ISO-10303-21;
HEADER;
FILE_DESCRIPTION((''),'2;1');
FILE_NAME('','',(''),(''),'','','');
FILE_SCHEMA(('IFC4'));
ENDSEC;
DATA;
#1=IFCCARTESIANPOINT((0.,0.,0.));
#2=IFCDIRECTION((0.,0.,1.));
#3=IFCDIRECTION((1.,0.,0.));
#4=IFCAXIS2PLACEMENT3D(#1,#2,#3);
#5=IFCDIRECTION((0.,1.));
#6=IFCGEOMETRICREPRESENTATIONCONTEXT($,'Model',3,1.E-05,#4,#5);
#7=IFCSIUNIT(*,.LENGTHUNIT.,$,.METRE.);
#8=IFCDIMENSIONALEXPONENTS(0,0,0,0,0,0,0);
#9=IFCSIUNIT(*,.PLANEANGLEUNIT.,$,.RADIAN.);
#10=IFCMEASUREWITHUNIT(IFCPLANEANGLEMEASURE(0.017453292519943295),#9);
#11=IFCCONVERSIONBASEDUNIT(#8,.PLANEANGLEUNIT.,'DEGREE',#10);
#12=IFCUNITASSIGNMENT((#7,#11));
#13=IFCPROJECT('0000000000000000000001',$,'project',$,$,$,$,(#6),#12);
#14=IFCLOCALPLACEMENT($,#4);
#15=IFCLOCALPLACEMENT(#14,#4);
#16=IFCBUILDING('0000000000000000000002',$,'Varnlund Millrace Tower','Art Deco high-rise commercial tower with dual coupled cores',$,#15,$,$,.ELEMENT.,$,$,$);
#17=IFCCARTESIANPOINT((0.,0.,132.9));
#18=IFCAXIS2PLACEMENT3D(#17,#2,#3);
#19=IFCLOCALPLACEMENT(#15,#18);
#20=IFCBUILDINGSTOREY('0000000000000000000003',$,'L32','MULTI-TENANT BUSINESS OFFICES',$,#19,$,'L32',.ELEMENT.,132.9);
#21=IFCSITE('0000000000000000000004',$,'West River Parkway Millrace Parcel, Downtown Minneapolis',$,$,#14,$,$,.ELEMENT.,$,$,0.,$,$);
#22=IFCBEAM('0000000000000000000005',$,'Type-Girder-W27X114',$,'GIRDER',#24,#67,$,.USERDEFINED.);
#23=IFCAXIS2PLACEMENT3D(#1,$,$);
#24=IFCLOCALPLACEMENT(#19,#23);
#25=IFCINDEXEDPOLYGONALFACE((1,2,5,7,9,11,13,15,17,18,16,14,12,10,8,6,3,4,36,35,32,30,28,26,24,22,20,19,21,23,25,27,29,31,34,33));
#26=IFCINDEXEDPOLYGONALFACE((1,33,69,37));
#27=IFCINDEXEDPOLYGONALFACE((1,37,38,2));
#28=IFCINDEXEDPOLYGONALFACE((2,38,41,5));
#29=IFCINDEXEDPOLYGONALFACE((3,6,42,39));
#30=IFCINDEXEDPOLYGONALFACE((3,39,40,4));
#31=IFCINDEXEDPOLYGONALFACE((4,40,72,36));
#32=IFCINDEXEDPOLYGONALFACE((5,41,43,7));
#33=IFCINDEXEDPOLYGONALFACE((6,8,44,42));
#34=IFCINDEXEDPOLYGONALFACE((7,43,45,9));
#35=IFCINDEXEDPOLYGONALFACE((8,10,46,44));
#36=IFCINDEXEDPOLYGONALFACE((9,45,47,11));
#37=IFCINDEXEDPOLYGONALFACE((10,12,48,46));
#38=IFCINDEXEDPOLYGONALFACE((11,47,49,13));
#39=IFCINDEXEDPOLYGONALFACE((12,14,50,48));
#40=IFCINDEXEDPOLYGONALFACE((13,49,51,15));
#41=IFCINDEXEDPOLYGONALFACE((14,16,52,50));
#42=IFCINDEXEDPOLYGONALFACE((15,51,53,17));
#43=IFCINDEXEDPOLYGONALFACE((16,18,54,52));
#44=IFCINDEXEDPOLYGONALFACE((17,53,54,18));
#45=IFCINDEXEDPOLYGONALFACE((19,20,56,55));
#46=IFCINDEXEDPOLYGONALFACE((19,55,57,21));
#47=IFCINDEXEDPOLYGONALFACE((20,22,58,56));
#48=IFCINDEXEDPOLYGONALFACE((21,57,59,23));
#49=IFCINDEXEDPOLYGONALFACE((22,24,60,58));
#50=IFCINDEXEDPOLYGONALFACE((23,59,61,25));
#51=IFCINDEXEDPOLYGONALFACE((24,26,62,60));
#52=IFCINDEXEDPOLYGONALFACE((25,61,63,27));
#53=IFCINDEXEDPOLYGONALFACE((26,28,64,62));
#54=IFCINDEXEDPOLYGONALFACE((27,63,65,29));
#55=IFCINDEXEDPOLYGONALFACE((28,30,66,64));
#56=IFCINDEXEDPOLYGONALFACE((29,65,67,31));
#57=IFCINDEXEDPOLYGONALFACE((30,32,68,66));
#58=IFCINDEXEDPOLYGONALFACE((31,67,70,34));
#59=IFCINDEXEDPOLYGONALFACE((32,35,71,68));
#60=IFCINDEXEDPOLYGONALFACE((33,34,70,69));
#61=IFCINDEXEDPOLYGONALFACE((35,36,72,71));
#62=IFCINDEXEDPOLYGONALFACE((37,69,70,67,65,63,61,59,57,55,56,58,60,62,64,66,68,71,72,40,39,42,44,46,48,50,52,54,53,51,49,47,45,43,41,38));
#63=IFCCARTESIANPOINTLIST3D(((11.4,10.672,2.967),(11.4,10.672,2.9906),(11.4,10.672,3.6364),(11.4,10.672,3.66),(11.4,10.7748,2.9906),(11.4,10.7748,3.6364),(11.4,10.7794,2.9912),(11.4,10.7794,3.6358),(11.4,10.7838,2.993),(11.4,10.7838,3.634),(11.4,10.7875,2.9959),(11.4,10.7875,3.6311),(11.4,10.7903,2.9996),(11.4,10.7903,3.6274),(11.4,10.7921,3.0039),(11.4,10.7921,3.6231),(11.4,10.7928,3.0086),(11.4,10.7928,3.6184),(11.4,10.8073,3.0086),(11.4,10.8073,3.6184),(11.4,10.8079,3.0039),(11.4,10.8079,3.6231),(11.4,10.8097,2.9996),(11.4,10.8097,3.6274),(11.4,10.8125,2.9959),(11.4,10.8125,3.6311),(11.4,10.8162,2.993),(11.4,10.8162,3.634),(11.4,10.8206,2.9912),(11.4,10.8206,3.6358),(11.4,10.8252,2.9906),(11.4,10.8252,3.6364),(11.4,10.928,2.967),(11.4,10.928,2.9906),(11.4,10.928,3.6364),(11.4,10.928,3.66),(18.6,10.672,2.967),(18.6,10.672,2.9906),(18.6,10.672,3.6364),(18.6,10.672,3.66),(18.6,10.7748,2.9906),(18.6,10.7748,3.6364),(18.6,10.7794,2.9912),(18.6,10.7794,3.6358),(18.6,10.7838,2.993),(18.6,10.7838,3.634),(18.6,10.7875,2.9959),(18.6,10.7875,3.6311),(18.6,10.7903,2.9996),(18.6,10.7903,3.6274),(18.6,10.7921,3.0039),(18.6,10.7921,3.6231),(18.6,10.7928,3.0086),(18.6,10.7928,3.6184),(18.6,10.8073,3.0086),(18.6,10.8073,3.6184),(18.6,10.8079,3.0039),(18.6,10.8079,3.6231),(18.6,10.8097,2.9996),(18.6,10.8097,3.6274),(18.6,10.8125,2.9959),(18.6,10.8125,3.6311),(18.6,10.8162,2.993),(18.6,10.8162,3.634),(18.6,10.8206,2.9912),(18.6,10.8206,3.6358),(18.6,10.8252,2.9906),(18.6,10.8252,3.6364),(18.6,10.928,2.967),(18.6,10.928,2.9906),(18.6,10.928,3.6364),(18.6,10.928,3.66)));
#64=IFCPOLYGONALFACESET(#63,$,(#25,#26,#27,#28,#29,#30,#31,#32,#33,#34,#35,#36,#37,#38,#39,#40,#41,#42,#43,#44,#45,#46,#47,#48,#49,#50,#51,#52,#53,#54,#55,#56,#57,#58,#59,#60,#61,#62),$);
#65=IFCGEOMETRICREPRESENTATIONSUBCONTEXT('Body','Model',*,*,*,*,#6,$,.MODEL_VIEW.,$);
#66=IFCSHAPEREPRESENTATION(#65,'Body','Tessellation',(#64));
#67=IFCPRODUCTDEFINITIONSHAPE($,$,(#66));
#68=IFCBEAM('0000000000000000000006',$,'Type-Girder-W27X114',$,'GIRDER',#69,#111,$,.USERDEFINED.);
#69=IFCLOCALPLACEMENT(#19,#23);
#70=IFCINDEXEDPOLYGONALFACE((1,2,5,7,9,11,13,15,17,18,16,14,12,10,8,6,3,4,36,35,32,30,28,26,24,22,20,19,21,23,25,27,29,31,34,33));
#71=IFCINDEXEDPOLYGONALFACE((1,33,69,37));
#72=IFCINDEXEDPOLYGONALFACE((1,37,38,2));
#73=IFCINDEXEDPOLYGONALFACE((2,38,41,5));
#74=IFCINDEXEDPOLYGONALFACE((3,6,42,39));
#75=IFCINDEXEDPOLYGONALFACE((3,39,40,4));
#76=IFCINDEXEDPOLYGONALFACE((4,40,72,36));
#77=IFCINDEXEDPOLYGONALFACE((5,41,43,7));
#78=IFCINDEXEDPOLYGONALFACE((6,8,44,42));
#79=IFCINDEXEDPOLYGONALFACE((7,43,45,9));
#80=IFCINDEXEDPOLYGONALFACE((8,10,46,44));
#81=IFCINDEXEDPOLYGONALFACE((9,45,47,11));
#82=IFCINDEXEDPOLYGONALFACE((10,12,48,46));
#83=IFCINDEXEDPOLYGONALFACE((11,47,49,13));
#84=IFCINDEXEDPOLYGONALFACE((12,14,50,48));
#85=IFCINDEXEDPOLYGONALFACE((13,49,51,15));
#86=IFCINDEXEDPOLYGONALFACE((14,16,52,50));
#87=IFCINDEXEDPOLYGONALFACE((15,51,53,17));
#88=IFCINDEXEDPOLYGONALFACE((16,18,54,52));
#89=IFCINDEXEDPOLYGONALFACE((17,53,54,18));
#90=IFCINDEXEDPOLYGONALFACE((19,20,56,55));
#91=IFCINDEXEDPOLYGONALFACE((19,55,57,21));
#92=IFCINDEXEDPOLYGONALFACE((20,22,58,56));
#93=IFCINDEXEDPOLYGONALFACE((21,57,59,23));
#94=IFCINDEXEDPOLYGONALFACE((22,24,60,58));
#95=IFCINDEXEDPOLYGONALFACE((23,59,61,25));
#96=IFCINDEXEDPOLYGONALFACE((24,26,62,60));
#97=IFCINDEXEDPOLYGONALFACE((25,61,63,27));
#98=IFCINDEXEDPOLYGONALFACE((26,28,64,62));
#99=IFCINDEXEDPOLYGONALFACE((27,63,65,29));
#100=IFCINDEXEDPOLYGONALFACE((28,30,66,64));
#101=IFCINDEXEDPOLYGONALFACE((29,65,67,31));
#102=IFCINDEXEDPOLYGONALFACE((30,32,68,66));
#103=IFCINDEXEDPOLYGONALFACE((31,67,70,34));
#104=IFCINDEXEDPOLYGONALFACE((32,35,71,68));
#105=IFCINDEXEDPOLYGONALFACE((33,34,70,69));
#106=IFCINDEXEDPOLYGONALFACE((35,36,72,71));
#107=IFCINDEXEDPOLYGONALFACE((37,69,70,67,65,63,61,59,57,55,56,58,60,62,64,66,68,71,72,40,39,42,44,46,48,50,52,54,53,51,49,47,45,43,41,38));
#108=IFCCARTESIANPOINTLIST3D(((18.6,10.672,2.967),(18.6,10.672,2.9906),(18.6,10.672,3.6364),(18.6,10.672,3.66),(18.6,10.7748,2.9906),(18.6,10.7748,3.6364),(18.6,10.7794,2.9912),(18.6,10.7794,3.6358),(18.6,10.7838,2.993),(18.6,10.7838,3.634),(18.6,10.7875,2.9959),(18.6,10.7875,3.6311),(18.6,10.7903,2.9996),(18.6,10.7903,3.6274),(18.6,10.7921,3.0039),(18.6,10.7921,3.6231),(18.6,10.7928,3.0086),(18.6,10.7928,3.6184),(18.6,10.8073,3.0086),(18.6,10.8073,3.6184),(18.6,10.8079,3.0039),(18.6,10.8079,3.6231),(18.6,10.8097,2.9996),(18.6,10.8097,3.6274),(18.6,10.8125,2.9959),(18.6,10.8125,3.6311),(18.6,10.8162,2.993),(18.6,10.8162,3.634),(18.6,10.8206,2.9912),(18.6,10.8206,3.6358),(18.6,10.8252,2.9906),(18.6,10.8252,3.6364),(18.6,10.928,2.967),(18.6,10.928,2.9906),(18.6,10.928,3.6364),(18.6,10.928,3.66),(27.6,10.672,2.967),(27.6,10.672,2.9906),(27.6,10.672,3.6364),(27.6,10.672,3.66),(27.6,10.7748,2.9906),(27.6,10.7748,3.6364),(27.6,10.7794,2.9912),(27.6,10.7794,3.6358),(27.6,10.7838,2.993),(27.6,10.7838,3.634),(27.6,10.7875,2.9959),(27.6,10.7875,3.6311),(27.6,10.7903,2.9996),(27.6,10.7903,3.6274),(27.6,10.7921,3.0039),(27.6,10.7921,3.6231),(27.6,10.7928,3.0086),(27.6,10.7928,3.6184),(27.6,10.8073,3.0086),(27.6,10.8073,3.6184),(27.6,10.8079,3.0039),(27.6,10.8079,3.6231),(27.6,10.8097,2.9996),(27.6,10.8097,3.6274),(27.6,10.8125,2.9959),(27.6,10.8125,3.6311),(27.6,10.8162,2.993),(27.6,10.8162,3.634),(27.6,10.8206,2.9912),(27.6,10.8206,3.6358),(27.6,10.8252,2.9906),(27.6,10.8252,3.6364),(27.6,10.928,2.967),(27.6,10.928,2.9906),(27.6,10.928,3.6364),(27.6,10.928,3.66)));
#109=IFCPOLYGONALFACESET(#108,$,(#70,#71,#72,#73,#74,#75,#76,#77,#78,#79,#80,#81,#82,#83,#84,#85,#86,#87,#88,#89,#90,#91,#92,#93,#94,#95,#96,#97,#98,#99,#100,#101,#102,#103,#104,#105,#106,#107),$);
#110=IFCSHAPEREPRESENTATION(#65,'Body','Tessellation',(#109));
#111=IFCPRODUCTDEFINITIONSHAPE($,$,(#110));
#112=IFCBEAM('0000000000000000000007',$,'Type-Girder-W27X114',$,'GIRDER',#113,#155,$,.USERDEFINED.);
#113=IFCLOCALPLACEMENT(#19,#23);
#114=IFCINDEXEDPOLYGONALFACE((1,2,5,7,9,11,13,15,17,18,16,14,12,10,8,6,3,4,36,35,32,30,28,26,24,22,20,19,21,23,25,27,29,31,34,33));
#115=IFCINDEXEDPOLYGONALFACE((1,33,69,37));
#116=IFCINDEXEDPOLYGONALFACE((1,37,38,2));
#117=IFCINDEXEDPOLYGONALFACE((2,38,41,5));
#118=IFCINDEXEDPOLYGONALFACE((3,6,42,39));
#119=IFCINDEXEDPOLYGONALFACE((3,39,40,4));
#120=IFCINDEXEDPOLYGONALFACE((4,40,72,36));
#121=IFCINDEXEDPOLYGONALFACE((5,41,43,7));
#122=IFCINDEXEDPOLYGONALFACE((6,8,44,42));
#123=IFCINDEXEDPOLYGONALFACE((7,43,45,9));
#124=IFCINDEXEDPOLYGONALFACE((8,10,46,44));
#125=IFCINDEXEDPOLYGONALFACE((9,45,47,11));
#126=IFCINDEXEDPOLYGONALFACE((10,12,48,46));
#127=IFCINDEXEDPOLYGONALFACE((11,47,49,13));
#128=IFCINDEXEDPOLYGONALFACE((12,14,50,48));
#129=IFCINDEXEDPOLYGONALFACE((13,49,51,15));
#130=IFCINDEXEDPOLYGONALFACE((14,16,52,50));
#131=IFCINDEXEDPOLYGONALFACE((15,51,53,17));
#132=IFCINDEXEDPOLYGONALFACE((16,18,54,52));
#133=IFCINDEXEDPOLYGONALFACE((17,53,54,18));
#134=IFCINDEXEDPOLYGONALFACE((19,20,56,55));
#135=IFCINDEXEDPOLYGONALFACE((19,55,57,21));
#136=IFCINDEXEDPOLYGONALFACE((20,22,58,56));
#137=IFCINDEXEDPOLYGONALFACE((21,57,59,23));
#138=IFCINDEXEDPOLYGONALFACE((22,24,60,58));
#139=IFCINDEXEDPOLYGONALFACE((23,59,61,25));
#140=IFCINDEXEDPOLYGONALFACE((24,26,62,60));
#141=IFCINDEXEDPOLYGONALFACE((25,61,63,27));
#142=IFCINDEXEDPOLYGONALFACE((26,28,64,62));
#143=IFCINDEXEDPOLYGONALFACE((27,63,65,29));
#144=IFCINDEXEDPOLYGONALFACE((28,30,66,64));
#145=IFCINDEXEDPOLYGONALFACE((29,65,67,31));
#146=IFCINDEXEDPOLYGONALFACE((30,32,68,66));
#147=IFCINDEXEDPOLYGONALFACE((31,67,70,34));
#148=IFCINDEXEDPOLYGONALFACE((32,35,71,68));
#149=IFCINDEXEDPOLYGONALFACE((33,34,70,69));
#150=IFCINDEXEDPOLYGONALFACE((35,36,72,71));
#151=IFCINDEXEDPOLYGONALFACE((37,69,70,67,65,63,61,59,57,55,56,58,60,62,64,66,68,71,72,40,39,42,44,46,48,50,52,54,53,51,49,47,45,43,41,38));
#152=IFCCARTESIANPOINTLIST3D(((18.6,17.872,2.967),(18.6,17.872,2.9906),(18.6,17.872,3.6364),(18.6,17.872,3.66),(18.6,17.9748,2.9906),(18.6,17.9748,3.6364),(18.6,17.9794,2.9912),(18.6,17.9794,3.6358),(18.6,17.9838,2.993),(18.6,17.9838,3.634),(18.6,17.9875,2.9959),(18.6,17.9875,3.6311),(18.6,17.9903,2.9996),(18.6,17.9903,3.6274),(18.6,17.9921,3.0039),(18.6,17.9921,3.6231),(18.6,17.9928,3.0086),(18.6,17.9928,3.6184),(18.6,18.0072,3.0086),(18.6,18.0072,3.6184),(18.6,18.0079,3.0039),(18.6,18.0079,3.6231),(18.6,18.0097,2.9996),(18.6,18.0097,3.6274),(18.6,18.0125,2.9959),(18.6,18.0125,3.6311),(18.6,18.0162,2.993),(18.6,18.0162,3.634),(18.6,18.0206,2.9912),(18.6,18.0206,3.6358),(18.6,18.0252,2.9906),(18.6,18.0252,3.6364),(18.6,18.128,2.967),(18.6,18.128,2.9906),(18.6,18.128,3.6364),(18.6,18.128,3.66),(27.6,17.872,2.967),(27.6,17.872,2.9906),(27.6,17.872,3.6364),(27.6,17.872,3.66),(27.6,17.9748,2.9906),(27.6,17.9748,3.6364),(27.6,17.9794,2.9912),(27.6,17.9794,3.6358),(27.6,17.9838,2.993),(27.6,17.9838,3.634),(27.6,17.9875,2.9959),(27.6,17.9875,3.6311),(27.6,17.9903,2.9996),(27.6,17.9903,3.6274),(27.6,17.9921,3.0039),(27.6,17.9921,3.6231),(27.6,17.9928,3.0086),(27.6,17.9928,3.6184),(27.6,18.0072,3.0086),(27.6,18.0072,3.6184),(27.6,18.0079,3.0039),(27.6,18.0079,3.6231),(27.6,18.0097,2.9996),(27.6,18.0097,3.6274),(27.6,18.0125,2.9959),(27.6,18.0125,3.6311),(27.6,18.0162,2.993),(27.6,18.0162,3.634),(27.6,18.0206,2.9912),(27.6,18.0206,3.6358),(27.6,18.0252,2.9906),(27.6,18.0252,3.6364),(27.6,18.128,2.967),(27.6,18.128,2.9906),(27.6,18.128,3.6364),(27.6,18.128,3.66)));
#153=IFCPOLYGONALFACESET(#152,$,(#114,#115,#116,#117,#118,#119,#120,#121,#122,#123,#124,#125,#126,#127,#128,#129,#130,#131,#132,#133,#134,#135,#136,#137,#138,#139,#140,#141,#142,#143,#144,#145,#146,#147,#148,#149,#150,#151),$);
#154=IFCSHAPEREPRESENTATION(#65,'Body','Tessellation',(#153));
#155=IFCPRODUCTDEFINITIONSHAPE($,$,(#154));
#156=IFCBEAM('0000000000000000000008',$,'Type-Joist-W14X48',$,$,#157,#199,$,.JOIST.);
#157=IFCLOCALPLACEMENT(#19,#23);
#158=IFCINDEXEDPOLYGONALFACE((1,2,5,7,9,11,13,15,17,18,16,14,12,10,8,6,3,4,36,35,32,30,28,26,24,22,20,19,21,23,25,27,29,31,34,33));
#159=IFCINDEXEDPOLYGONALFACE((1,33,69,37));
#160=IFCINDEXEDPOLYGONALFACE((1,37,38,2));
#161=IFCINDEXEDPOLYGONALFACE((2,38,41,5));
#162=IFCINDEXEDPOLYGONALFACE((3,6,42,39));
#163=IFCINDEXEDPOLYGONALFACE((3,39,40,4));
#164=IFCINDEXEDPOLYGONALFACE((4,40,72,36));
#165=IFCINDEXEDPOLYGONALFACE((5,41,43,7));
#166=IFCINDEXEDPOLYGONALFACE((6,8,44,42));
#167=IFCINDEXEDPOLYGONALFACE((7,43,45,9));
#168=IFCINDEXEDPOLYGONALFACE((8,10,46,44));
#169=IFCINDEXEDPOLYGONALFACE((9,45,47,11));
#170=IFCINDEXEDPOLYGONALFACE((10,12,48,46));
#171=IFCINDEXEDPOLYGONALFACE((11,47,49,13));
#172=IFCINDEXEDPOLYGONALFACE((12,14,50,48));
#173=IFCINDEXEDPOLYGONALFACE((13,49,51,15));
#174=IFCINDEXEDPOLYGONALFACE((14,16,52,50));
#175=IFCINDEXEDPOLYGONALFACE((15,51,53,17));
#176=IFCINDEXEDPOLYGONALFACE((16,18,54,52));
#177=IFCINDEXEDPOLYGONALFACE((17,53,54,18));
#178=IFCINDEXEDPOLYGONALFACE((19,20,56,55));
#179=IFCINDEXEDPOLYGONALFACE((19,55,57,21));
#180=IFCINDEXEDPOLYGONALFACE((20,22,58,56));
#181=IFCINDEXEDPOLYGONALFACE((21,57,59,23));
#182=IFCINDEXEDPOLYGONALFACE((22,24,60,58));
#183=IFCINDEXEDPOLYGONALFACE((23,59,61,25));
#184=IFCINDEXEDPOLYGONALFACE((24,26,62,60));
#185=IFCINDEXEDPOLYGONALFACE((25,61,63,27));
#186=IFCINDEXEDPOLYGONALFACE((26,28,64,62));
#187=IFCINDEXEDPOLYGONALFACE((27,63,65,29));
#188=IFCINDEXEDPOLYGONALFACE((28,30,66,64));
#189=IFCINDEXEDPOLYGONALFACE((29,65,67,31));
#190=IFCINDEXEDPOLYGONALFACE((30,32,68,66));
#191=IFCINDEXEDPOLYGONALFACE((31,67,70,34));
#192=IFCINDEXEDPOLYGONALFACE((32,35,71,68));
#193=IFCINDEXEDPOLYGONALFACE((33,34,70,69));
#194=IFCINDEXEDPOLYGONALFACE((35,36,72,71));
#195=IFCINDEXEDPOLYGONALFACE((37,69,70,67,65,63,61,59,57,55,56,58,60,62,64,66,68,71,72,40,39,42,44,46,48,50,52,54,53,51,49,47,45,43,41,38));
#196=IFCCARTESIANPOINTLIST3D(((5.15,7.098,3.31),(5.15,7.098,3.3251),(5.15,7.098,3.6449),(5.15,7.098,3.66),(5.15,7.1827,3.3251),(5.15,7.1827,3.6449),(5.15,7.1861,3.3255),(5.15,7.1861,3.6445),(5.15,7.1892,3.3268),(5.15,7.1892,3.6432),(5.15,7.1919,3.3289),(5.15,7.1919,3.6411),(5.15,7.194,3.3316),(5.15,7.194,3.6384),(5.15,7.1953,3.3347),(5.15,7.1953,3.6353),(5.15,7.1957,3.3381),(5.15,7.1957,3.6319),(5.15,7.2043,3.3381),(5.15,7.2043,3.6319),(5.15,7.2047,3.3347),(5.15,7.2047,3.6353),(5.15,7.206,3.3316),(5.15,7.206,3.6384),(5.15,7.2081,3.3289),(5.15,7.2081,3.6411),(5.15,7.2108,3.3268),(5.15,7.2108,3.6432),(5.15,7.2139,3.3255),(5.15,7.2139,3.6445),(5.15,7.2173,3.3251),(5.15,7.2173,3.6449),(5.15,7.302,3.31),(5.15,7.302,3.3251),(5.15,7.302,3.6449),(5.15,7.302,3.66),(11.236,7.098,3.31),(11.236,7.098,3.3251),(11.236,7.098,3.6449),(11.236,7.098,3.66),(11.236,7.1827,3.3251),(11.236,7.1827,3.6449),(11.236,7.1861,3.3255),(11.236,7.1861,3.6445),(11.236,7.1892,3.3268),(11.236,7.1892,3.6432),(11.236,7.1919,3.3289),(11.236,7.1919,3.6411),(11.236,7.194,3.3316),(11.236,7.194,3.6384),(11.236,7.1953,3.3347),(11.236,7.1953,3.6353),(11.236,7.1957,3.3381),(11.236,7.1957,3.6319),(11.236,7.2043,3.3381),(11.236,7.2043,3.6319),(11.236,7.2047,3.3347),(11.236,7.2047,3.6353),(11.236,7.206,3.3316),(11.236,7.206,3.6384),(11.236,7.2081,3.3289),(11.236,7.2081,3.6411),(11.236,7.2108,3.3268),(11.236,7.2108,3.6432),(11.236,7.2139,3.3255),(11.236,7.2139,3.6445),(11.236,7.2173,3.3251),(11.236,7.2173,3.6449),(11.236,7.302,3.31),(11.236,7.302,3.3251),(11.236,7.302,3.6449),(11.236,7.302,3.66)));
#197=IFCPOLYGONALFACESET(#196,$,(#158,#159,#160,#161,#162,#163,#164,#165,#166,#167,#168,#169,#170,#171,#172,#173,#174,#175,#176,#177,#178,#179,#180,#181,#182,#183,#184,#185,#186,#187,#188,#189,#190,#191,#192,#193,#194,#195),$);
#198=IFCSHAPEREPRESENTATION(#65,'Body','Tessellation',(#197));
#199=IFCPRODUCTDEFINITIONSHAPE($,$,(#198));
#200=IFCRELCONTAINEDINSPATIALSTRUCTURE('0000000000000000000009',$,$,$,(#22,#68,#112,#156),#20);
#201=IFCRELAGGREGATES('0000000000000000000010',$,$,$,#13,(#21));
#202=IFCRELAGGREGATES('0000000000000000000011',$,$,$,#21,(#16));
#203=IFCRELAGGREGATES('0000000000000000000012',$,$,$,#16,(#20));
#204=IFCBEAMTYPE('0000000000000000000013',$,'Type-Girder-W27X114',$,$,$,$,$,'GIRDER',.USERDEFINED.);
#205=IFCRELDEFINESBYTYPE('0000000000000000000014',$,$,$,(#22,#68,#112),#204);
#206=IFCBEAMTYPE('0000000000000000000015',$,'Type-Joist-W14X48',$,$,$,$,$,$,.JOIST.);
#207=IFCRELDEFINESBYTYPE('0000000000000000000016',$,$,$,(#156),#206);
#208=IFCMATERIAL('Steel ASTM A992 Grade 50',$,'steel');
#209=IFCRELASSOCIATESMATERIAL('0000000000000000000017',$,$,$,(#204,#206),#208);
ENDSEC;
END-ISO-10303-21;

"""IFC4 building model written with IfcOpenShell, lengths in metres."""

from ifc_helpers import new_model, entity, si_unit, converted_unit, direction, frame, origin_with_axes, origin_2d_with_axis, place, context, subcontext, project, spatial, i_section, extrude, material, material_profile, profile_set, type_object, element, save


model = new_model("IFC4")

# Units and contexts
model_context = context("Model", 3, precision=1e-05, world=origin_with_axes(), true_north=direction((0.0, 1.0)))
body_context = subcontext(model_context, "Body", "Model", "MODEL_VIEW")
ifc_project = project(units=[si_unit("LENGTHUNIT", "METRE"), converted_unit("PLANEANGLEUNIT", "DEGREE", entity("IfcPlaneAngleMeasure", 0.017453292519943295), si_unit("PLANEANGLEUNIT", "RADIAN"), dimensions=[0, 0, 0, 0, 0, 0, 0])], contexts=[model_context])

# Site, building, storey
site_placement = place(None, origin_with_axes())
site = spatial("IfcSite", under=ifc_project, at=site_placement, Name="West River Parkway Millrace Parcel, Downtown Minneapolis", CompositionType="ELEMENT", RefElevation=0.0)
building_placement = place(site_placement, origin_with_axes())
building = spatial("IfcBuilding", under=site, at=building_placement, Name="Varnlund Millrace Tower", Description="Art Deco high-rise commercial tower with dual coupled cores", CompositionType="ELEMENT")
storey_placement = place(building_placement, frame((0.0, 0.0, 132.9), z_axis=(0.0, 0.0, 1.0), x_axis=(1.0, 0.0, 0.0)))
storey = spatial("IfcBuildingStorey", under=building, at=storey_placement, Name="L32", Description="MULTI-TENANT BUSINESS OFFICES", LongName="L32", CompositionType="ELEMENT", Elevation=132.9)

# Beams
ifc_material_1 = material(Name="Steel ASTM A992 Grade 50", Category="steel")
ifc_material_profile_1 = material_profile(ifc_material_1, i_section(OverallWidth=0.256, OverallDepth=0.693, WebThickness=0.0145, FlangeThickness=0.0236, FilletRadius=0.018, at=origin_2d_with_axis()), Name="Steel ASTM A992 Grade 50")
ifc_profile_set_1 = profile_set([ifc_material_profile_1], Name="Steel ASTM A992 Grade 50")
beam_type_1 = type_object("IfcBeamType", Name="Type-Girder-W27X114", ElementType="GIRDER", PredefinedType="USERDEFINED", material=ifc_profile_set_1)
beam_1_placement = place(storey_placement, frame((11.4, 10.8, 3.3135), z_axis=(1.0, 0.0, 0.0), x_axis=(0.0, 1.0, 0.0)))
element("IfcBeam", 1, at=beam_1_placement, inside=storey, type_object=beam_type_1, Name="Type-Girder-W27X114", ObjectType="GIRDER", PredefinedType="USERDEFINED", context=body_context, shape_type="SweptSolid", body=[
    extrude(i_section(OverallWidth=0.256, OverallDepth=0.693, WebThickness=0.0145, FlangeThickness=0.0236, FilletRadius=0.018, at=origin_2d_with_axis()), origin_with_axes(), (0.0, 0.0, 1.0), 7.2),
])
for number, where, z_axis, x_axis, name in (
    (2, (18.6, 10.8, 3.3135), (1.0, 0.0, 0.0), (0.0, 1.0, 0.0), "Type-Girder-W27X114"),
    (3, (18.6, 18.0, 3.3135), (1.0, 0.0, 0.0), (0.0, 1.0, 0.0), "Type-Girder-W27X114"),
):
    element("IfcBeam", number, at=place(storey_placement, frame(where, z_axis=z_axis, x_axis=x_axis)), inside=storey, type_object=beam_type_1, Name=name, ObjectType="GIRDER", PredefinedType="USERDEFINED", context=body_context, shape_type="SweptSolid", body=[
        extrude(i_section(OverallWidth=0.256, OverallDepth=0.693, WebThickness=0.0145, FlangeThickness=0.0236, FilletRadius=0.018, at=origin_2d_with_axis()), origin_with_axes(), (0.0, 0.0, 1.0), 9.0),
    ])
ifc_material_profile_2 = material_profile(ifc_material_1, i_section(OverallWidth=0.204, OverallDepth=0.35, WebThickness=0.0086, FlangeThickness=0.0151, FilletRadius=0.013, at=origin_2d_with_axis()), Name="Steel ASTM A992 Grade 50")
ifc_profile_set_2 = profile_set([ifc_material_profile_2], Name="Steel ASTM A992 Grade 50")
beam_type_2 = type_object("IfcBeamType", Name="Type-Joist-W14X48", PredefinedType="JOIST", material=ifc_profile_set_2)
for number, where, z_axis, x_axis, name in (
    (4, (5.15, 7.2, 3.485), (1.0, 0.0, 0.0), (0.0, 1.0, 0.0), "Type-Joist-W14X48"),
):
    element("IfcBeam", number, at=place(storey_placement, frame(where, z_axis=z_axis, x_axis=x_axis)), inside=storey, type_object=beam_type_2, Name=name, PredefinedType="JOIST", context=body_context, shape_type="SweptSolid", body=[
        extrude(i_section(OverallWidth=0.204, OverallDepth=0.35, WebThickness=0.0086, FlangeThickness=0.0151, FilletRadius=0.013, at=origin_2d_with_axis()), origin_with_axes(), (0.0, 0.0, 1.0), 6.086),
    ])

save(model, "model.ifc")
